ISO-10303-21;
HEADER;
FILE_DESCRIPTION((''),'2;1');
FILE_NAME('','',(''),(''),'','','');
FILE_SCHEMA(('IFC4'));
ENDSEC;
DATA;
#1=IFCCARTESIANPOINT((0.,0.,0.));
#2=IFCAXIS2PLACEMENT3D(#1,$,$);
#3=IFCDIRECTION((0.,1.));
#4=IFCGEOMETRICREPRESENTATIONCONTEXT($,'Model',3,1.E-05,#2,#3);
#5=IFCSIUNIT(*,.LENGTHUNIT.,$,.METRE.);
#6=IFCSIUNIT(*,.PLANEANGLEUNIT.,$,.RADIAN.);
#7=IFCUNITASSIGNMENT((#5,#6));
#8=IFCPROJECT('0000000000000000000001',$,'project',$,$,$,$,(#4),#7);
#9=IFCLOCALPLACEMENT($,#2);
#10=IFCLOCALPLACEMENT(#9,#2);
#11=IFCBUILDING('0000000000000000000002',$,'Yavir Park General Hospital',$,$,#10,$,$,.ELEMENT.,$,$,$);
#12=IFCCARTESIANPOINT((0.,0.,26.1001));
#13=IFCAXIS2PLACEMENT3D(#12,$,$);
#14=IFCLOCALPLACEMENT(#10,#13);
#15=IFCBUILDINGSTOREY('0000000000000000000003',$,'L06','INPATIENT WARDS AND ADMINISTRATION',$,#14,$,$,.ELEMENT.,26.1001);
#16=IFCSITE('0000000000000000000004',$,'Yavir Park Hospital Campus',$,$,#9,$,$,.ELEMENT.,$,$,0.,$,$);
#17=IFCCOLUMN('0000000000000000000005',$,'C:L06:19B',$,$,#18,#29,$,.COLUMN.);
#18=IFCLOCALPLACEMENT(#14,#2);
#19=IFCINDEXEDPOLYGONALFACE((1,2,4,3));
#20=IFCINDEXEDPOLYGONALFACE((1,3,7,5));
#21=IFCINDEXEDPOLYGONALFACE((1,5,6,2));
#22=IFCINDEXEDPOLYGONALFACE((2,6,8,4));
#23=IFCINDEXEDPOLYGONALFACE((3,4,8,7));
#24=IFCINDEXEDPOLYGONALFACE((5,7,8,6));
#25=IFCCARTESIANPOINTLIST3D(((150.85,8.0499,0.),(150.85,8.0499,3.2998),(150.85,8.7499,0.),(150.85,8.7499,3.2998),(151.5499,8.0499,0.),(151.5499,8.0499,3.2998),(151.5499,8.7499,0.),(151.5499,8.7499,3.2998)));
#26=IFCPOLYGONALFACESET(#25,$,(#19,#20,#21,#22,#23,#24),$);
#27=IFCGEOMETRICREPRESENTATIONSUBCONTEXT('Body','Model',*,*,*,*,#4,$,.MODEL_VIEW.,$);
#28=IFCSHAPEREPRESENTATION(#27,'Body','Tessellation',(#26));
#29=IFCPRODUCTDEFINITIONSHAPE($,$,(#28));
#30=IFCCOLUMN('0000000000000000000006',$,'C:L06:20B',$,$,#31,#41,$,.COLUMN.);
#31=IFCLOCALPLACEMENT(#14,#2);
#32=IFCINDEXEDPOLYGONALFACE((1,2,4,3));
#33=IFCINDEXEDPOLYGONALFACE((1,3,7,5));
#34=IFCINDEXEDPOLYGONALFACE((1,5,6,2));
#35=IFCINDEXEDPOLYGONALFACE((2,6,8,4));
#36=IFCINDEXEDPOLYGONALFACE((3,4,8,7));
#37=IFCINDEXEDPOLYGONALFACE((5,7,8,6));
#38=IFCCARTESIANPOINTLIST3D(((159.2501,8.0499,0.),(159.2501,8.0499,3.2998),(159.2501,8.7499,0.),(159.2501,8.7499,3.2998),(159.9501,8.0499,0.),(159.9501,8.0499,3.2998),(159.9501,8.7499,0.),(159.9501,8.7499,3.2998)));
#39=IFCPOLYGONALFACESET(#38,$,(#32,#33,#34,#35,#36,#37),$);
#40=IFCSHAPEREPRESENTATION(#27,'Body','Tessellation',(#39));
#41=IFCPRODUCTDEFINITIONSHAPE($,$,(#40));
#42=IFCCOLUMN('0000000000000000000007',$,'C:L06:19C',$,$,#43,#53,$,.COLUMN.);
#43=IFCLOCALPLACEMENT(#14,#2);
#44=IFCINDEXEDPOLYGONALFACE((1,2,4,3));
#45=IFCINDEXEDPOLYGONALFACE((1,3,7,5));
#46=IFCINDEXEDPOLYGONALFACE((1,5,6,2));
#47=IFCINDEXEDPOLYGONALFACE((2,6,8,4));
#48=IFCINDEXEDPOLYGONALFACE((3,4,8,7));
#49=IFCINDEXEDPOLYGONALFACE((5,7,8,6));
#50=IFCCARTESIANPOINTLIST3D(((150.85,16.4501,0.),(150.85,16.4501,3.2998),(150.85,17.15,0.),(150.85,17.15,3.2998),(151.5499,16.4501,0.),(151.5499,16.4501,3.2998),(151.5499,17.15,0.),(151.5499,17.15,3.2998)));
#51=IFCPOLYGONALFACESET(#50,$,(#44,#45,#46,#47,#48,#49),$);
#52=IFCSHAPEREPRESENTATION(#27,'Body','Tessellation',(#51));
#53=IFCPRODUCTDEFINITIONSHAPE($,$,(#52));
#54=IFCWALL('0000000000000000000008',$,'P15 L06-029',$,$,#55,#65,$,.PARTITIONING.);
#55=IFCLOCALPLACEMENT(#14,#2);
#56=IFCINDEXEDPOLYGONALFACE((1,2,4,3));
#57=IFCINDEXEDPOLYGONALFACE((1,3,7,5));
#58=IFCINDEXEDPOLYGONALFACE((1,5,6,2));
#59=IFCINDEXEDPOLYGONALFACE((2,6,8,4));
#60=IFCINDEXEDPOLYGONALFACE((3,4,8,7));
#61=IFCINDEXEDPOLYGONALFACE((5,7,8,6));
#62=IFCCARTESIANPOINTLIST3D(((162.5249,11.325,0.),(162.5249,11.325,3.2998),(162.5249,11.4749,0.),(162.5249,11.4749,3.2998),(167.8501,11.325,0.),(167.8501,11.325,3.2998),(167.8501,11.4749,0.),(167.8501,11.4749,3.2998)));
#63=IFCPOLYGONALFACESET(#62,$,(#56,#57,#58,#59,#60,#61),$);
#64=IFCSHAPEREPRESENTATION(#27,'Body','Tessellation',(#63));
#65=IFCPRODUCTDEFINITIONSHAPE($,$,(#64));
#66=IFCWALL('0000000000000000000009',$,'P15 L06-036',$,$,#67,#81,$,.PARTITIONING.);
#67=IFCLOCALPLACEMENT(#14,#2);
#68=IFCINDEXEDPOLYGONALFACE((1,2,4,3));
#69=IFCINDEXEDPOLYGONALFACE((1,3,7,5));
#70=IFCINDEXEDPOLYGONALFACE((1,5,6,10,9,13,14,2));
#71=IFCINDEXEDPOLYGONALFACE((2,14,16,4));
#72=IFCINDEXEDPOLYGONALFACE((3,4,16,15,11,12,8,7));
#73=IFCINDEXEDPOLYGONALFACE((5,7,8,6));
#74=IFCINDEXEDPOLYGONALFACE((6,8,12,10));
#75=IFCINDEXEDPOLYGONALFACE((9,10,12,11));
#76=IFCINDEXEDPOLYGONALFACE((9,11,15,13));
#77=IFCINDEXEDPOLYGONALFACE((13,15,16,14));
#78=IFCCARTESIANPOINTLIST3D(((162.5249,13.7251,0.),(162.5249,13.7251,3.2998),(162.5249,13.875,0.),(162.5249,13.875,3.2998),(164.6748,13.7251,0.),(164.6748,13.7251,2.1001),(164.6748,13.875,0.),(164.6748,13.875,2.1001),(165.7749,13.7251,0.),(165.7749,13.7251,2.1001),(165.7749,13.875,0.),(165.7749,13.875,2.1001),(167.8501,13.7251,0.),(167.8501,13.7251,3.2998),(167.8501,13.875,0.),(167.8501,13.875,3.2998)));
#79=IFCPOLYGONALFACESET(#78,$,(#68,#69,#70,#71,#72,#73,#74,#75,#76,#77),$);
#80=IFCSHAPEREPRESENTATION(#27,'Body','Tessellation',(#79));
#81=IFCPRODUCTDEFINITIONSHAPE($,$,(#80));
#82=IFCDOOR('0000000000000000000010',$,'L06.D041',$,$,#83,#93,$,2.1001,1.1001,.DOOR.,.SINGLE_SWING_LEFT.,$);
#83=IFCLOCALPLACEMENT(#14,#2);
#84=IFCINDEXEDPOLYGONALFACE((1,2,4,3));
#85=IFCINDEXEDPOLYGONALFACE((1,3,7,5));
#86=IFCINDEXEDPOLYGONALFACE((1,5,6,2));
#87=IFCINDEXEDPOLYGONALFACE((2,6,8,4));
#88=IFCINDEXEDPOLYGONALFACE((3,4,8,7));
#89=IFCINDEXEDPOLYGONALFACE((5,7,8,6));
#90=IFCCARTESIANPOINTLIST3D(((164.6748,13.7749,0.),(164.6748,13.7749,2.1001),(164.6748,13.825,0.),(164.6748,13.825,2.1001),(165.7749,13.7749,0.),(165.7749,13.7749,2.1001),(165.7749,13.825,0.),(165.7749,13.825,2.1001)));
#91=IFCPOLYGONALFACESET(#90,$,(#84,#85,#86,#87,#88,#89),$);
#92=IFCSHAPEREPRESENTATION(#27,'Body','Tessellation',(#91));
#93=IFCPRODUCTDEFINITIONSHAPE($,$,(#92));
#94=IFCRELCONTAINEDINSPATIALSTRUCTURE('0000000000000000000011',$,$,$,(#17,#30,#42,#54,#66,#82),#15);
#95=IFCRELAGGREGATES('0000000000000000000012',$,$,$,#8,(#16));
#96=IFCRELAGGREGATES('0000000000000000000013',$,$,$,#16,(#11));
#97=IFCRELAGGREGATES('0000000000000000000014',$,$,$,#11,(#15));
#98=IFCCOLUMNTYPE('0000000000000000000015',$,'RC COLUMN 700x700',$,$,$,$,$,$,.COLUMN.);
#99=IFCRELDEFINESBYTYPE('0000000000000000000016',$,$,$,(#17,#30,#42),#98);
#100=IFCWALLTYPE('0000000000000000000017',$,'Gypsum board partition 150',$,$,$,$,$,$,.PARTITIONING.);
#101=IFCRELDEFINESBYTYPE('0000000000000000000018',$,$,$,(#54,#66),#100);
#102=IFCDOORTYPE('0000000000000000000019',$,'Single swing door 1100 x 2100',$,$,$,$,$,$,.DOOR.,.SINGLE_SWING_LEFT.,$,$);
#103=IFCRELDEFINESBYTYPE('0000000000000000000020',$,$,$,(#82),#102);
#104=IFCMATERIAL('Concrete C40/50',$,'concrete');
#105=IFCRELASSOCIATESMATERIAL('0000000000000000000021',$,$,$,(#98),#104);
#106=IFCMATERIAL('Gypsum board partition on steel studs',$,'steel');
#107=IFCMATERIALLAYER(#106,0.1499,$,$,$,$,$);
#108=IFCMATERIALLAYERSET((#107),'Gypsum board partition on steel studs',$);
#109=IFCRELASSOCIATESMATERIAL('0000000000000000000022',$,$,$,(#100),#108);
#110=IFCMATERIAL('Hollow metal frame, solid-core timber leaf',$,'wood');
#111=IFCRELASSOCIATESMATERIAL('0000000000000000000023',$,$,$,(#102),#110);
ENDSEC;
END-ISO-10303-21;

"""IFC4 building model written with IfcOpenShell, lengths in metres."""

from ifc_helpers import new_model, si_unit, direction, frame, frame_2d, origin, origin_2d, place, context, subcontext, project, spatial, rectangle, extrude, material, layer, layer_set, material_profile, profile_set, type_object, element, fill, save


model = new_model("IFC4")

# Units and contexts
model_context = context("Model", 3, precision=1e-05, world=origin(), true_north=direction((0.0, 1.0)))
body_context = subcontext(model_context, "Body", "Model", "MODEL_VIEW")
ifc_project = project(units=[si_unit("LENGTHUNIT", "METRE"), si_unit("PLANEANGLEUNIT", "RADIAN")], contexts=[model_context])

# Site, building, storey
site_placement = place(None, origin())
site = spatial("IfcSite", under=ifc_project, at=site_placement, Name="Yavir Park Hospital Campus", CompositionType="ELEMENT", RefElevation=0.0)
building_placement = place(site_placement, origin())
building = spatial("IfcBuilding", under=site, at=building_placement, Name="Yavir Park General Hospital", CompositionType="ELEMENT")
storey_placement = place(building_placement, frame((0.0, 0.0, 26.1001)))
storey = spatial("IfcBuildingStorey", under=building, at=storey_placement, Name="L06", Description="INPATIENT WARDS AND ADMINISTRATION", CompositionType="ELEMENT", Elevation=26.1001)

# Columns
ifc_material_1 = material(Name="Concrete C40/50", Category="concrete")
ifc_material_profile = material_profile(ifc_material_1, rectangle(XDim=0.7, YDim=0.7, at=origin_2d()), Name="RC700x700")
ifc_profile_set = profile_set([ifc_material_profile], Name="Concrete C40/50")
column_type = type_object("IfcColumnType", Name="RC COLUMN 700x700", PredefinedType="COLUMN", material=ifc_profile_set)
for number, where, z_axis, x_axis, name in (
    (1, (151.2, 8.3999, 0.0), (0.0, 0.0, 1.0), (1.0, 0.0, 0.0), "C:L06:19B"),
    (2, (159.6001, 8.3999, 0.0), (0.0, 0.0, 1.0), (1.0, 0.0, 0.0), "C:L06:20B"),
    (3, (151.2, 16.8, 0.0), (0.0, 0.0, 1.0), (1.0, 0.0, 0.0), "C:L06:19C"),
):
    element("IfcColumn", number, at=place(storey_placement, frame(where, z_axis=z_axis, x_axis=x_axis)), inside=storey, type_object=column_type, Name=name, PredefinedType="COLUMN", context=body_context, shape_type="SweptSolid", body=[
        extrude(rectangle(XDim=0.7, YDim=0.7, at=origin_2d()), origin(), (0.0, 0.0, 1.0), 3.2998),
    ])

# Shared definitions
ifc_material_2 = material(Name="Gypsum board partition on steel studs", Category="steel")
ifc_layer_1 = layer(ifc_material_2, 0.1499)
ifc_layer_set_1 = layer_set([ifc_layer_1], Name="Gypsum board partition on steel studs")
wall_type_1 = type_object("IfcWallType", Name="Gypsum board partition 150", PredefinedType="PARTITIONING", material=ifc_layer_set_1)

# Wall
wall_1_placement = place(storey_placement, frame((162.5249, 11.3999, 0.0), z_axis=(0.0, 0.0, 1.0), x_axis=(1.0, 0.0, 0.0)))
element("IfcWall", 4, at=wall_1_placement, inside=storey, type_object=wall_type_1, Name="P15 L06-029", PredefinedType="PARTITIONING", context=body_context, shape_type="SweptSolid", body=[
    extrude(rectangle(XDim=5.3252, YDim=0.1499, at=frame_2d((2.6626, 0.0))), origin(), (0.0, 0.0, 1.0), 3.2998),
])

# Wall, opening, door
wall_2_placement = place(storey_placement, frame((162.5249, 13.8, 0.0), z_axis=(0.0, 0.0, 1.0), x_axis=(1.0, 0.0, 0.0)))
wall_2 = element("IfcWall", 5, at=wall_2_placement, inside=storey, type_object=wall_type_1, Name="P15 L06-036", PredefinedType="PARTITIONING", context=body_context, shape_type="SweptSolid", body=[
    extrude(rectangle(XDim=5.3252, YDim=0.1499, at=frame_2d((2.6626, 0.0))), origin(), (0.0, 0.0, 1.0), 3.2998),
])
opening_1_placement = place(wall_2_placement, frame((2.1499, 0.0, 0.0)))
opening_1 = element("IfcOpeningElement", 6, at=opening_1_placement, cuts=wall_2, PredefinedType="OPENING", context=body_context, shape_type="SweptSolid", body=[
    extrude(rectangle(XDim=1.1001, YDim=2.1001, at=frame_2d((0.55, 1.05))), frame((0.0, 0.085, 0.0), z_axis=(0.0, -1.0, 0.0), x_axis=(1.0, 0.0, 0.0)), (0.0, 0.0, 1.0), 0.1699),
])
ifc_material_3 = material(Name="Hollow metal frame, solid-core timber leaf", Category="wood")
door_type_1 = type_object("IfcDoorType", Name="Single swing door 1100 x 2100", OperationType="SINGLE_SWING_LEFT", PredefinedType="DOOR", material=ifc_material_3)
door_1_placement = place(opening_1_placement, origin())
door_1 = element("IfcDoor", 7, at=door_1_placement, inside=storey, type_object=door_type_1, Name="L06.D041", OperationType="SINGLE_SWING_LEFT", OverallHeight=2.1001, OverallWidth=1.1001, PredefinedType="DOOR", context=body_context, shape_type="SweptSolid", body=[
    extrude(rectangle(XDim=1.1001, YDim=2.1001, at=frame_2d((0.55, 1.05))), frame((0.0, 0.0249, 0.0), z_axis=(0.0, -1.0, 0.0), x_axis=(1.0, 0.0, 0.0)), (0.0, 0.0, 1.0), 0.05),
])
fill(opening_1, door_1)

save(model, "model.ifc")
